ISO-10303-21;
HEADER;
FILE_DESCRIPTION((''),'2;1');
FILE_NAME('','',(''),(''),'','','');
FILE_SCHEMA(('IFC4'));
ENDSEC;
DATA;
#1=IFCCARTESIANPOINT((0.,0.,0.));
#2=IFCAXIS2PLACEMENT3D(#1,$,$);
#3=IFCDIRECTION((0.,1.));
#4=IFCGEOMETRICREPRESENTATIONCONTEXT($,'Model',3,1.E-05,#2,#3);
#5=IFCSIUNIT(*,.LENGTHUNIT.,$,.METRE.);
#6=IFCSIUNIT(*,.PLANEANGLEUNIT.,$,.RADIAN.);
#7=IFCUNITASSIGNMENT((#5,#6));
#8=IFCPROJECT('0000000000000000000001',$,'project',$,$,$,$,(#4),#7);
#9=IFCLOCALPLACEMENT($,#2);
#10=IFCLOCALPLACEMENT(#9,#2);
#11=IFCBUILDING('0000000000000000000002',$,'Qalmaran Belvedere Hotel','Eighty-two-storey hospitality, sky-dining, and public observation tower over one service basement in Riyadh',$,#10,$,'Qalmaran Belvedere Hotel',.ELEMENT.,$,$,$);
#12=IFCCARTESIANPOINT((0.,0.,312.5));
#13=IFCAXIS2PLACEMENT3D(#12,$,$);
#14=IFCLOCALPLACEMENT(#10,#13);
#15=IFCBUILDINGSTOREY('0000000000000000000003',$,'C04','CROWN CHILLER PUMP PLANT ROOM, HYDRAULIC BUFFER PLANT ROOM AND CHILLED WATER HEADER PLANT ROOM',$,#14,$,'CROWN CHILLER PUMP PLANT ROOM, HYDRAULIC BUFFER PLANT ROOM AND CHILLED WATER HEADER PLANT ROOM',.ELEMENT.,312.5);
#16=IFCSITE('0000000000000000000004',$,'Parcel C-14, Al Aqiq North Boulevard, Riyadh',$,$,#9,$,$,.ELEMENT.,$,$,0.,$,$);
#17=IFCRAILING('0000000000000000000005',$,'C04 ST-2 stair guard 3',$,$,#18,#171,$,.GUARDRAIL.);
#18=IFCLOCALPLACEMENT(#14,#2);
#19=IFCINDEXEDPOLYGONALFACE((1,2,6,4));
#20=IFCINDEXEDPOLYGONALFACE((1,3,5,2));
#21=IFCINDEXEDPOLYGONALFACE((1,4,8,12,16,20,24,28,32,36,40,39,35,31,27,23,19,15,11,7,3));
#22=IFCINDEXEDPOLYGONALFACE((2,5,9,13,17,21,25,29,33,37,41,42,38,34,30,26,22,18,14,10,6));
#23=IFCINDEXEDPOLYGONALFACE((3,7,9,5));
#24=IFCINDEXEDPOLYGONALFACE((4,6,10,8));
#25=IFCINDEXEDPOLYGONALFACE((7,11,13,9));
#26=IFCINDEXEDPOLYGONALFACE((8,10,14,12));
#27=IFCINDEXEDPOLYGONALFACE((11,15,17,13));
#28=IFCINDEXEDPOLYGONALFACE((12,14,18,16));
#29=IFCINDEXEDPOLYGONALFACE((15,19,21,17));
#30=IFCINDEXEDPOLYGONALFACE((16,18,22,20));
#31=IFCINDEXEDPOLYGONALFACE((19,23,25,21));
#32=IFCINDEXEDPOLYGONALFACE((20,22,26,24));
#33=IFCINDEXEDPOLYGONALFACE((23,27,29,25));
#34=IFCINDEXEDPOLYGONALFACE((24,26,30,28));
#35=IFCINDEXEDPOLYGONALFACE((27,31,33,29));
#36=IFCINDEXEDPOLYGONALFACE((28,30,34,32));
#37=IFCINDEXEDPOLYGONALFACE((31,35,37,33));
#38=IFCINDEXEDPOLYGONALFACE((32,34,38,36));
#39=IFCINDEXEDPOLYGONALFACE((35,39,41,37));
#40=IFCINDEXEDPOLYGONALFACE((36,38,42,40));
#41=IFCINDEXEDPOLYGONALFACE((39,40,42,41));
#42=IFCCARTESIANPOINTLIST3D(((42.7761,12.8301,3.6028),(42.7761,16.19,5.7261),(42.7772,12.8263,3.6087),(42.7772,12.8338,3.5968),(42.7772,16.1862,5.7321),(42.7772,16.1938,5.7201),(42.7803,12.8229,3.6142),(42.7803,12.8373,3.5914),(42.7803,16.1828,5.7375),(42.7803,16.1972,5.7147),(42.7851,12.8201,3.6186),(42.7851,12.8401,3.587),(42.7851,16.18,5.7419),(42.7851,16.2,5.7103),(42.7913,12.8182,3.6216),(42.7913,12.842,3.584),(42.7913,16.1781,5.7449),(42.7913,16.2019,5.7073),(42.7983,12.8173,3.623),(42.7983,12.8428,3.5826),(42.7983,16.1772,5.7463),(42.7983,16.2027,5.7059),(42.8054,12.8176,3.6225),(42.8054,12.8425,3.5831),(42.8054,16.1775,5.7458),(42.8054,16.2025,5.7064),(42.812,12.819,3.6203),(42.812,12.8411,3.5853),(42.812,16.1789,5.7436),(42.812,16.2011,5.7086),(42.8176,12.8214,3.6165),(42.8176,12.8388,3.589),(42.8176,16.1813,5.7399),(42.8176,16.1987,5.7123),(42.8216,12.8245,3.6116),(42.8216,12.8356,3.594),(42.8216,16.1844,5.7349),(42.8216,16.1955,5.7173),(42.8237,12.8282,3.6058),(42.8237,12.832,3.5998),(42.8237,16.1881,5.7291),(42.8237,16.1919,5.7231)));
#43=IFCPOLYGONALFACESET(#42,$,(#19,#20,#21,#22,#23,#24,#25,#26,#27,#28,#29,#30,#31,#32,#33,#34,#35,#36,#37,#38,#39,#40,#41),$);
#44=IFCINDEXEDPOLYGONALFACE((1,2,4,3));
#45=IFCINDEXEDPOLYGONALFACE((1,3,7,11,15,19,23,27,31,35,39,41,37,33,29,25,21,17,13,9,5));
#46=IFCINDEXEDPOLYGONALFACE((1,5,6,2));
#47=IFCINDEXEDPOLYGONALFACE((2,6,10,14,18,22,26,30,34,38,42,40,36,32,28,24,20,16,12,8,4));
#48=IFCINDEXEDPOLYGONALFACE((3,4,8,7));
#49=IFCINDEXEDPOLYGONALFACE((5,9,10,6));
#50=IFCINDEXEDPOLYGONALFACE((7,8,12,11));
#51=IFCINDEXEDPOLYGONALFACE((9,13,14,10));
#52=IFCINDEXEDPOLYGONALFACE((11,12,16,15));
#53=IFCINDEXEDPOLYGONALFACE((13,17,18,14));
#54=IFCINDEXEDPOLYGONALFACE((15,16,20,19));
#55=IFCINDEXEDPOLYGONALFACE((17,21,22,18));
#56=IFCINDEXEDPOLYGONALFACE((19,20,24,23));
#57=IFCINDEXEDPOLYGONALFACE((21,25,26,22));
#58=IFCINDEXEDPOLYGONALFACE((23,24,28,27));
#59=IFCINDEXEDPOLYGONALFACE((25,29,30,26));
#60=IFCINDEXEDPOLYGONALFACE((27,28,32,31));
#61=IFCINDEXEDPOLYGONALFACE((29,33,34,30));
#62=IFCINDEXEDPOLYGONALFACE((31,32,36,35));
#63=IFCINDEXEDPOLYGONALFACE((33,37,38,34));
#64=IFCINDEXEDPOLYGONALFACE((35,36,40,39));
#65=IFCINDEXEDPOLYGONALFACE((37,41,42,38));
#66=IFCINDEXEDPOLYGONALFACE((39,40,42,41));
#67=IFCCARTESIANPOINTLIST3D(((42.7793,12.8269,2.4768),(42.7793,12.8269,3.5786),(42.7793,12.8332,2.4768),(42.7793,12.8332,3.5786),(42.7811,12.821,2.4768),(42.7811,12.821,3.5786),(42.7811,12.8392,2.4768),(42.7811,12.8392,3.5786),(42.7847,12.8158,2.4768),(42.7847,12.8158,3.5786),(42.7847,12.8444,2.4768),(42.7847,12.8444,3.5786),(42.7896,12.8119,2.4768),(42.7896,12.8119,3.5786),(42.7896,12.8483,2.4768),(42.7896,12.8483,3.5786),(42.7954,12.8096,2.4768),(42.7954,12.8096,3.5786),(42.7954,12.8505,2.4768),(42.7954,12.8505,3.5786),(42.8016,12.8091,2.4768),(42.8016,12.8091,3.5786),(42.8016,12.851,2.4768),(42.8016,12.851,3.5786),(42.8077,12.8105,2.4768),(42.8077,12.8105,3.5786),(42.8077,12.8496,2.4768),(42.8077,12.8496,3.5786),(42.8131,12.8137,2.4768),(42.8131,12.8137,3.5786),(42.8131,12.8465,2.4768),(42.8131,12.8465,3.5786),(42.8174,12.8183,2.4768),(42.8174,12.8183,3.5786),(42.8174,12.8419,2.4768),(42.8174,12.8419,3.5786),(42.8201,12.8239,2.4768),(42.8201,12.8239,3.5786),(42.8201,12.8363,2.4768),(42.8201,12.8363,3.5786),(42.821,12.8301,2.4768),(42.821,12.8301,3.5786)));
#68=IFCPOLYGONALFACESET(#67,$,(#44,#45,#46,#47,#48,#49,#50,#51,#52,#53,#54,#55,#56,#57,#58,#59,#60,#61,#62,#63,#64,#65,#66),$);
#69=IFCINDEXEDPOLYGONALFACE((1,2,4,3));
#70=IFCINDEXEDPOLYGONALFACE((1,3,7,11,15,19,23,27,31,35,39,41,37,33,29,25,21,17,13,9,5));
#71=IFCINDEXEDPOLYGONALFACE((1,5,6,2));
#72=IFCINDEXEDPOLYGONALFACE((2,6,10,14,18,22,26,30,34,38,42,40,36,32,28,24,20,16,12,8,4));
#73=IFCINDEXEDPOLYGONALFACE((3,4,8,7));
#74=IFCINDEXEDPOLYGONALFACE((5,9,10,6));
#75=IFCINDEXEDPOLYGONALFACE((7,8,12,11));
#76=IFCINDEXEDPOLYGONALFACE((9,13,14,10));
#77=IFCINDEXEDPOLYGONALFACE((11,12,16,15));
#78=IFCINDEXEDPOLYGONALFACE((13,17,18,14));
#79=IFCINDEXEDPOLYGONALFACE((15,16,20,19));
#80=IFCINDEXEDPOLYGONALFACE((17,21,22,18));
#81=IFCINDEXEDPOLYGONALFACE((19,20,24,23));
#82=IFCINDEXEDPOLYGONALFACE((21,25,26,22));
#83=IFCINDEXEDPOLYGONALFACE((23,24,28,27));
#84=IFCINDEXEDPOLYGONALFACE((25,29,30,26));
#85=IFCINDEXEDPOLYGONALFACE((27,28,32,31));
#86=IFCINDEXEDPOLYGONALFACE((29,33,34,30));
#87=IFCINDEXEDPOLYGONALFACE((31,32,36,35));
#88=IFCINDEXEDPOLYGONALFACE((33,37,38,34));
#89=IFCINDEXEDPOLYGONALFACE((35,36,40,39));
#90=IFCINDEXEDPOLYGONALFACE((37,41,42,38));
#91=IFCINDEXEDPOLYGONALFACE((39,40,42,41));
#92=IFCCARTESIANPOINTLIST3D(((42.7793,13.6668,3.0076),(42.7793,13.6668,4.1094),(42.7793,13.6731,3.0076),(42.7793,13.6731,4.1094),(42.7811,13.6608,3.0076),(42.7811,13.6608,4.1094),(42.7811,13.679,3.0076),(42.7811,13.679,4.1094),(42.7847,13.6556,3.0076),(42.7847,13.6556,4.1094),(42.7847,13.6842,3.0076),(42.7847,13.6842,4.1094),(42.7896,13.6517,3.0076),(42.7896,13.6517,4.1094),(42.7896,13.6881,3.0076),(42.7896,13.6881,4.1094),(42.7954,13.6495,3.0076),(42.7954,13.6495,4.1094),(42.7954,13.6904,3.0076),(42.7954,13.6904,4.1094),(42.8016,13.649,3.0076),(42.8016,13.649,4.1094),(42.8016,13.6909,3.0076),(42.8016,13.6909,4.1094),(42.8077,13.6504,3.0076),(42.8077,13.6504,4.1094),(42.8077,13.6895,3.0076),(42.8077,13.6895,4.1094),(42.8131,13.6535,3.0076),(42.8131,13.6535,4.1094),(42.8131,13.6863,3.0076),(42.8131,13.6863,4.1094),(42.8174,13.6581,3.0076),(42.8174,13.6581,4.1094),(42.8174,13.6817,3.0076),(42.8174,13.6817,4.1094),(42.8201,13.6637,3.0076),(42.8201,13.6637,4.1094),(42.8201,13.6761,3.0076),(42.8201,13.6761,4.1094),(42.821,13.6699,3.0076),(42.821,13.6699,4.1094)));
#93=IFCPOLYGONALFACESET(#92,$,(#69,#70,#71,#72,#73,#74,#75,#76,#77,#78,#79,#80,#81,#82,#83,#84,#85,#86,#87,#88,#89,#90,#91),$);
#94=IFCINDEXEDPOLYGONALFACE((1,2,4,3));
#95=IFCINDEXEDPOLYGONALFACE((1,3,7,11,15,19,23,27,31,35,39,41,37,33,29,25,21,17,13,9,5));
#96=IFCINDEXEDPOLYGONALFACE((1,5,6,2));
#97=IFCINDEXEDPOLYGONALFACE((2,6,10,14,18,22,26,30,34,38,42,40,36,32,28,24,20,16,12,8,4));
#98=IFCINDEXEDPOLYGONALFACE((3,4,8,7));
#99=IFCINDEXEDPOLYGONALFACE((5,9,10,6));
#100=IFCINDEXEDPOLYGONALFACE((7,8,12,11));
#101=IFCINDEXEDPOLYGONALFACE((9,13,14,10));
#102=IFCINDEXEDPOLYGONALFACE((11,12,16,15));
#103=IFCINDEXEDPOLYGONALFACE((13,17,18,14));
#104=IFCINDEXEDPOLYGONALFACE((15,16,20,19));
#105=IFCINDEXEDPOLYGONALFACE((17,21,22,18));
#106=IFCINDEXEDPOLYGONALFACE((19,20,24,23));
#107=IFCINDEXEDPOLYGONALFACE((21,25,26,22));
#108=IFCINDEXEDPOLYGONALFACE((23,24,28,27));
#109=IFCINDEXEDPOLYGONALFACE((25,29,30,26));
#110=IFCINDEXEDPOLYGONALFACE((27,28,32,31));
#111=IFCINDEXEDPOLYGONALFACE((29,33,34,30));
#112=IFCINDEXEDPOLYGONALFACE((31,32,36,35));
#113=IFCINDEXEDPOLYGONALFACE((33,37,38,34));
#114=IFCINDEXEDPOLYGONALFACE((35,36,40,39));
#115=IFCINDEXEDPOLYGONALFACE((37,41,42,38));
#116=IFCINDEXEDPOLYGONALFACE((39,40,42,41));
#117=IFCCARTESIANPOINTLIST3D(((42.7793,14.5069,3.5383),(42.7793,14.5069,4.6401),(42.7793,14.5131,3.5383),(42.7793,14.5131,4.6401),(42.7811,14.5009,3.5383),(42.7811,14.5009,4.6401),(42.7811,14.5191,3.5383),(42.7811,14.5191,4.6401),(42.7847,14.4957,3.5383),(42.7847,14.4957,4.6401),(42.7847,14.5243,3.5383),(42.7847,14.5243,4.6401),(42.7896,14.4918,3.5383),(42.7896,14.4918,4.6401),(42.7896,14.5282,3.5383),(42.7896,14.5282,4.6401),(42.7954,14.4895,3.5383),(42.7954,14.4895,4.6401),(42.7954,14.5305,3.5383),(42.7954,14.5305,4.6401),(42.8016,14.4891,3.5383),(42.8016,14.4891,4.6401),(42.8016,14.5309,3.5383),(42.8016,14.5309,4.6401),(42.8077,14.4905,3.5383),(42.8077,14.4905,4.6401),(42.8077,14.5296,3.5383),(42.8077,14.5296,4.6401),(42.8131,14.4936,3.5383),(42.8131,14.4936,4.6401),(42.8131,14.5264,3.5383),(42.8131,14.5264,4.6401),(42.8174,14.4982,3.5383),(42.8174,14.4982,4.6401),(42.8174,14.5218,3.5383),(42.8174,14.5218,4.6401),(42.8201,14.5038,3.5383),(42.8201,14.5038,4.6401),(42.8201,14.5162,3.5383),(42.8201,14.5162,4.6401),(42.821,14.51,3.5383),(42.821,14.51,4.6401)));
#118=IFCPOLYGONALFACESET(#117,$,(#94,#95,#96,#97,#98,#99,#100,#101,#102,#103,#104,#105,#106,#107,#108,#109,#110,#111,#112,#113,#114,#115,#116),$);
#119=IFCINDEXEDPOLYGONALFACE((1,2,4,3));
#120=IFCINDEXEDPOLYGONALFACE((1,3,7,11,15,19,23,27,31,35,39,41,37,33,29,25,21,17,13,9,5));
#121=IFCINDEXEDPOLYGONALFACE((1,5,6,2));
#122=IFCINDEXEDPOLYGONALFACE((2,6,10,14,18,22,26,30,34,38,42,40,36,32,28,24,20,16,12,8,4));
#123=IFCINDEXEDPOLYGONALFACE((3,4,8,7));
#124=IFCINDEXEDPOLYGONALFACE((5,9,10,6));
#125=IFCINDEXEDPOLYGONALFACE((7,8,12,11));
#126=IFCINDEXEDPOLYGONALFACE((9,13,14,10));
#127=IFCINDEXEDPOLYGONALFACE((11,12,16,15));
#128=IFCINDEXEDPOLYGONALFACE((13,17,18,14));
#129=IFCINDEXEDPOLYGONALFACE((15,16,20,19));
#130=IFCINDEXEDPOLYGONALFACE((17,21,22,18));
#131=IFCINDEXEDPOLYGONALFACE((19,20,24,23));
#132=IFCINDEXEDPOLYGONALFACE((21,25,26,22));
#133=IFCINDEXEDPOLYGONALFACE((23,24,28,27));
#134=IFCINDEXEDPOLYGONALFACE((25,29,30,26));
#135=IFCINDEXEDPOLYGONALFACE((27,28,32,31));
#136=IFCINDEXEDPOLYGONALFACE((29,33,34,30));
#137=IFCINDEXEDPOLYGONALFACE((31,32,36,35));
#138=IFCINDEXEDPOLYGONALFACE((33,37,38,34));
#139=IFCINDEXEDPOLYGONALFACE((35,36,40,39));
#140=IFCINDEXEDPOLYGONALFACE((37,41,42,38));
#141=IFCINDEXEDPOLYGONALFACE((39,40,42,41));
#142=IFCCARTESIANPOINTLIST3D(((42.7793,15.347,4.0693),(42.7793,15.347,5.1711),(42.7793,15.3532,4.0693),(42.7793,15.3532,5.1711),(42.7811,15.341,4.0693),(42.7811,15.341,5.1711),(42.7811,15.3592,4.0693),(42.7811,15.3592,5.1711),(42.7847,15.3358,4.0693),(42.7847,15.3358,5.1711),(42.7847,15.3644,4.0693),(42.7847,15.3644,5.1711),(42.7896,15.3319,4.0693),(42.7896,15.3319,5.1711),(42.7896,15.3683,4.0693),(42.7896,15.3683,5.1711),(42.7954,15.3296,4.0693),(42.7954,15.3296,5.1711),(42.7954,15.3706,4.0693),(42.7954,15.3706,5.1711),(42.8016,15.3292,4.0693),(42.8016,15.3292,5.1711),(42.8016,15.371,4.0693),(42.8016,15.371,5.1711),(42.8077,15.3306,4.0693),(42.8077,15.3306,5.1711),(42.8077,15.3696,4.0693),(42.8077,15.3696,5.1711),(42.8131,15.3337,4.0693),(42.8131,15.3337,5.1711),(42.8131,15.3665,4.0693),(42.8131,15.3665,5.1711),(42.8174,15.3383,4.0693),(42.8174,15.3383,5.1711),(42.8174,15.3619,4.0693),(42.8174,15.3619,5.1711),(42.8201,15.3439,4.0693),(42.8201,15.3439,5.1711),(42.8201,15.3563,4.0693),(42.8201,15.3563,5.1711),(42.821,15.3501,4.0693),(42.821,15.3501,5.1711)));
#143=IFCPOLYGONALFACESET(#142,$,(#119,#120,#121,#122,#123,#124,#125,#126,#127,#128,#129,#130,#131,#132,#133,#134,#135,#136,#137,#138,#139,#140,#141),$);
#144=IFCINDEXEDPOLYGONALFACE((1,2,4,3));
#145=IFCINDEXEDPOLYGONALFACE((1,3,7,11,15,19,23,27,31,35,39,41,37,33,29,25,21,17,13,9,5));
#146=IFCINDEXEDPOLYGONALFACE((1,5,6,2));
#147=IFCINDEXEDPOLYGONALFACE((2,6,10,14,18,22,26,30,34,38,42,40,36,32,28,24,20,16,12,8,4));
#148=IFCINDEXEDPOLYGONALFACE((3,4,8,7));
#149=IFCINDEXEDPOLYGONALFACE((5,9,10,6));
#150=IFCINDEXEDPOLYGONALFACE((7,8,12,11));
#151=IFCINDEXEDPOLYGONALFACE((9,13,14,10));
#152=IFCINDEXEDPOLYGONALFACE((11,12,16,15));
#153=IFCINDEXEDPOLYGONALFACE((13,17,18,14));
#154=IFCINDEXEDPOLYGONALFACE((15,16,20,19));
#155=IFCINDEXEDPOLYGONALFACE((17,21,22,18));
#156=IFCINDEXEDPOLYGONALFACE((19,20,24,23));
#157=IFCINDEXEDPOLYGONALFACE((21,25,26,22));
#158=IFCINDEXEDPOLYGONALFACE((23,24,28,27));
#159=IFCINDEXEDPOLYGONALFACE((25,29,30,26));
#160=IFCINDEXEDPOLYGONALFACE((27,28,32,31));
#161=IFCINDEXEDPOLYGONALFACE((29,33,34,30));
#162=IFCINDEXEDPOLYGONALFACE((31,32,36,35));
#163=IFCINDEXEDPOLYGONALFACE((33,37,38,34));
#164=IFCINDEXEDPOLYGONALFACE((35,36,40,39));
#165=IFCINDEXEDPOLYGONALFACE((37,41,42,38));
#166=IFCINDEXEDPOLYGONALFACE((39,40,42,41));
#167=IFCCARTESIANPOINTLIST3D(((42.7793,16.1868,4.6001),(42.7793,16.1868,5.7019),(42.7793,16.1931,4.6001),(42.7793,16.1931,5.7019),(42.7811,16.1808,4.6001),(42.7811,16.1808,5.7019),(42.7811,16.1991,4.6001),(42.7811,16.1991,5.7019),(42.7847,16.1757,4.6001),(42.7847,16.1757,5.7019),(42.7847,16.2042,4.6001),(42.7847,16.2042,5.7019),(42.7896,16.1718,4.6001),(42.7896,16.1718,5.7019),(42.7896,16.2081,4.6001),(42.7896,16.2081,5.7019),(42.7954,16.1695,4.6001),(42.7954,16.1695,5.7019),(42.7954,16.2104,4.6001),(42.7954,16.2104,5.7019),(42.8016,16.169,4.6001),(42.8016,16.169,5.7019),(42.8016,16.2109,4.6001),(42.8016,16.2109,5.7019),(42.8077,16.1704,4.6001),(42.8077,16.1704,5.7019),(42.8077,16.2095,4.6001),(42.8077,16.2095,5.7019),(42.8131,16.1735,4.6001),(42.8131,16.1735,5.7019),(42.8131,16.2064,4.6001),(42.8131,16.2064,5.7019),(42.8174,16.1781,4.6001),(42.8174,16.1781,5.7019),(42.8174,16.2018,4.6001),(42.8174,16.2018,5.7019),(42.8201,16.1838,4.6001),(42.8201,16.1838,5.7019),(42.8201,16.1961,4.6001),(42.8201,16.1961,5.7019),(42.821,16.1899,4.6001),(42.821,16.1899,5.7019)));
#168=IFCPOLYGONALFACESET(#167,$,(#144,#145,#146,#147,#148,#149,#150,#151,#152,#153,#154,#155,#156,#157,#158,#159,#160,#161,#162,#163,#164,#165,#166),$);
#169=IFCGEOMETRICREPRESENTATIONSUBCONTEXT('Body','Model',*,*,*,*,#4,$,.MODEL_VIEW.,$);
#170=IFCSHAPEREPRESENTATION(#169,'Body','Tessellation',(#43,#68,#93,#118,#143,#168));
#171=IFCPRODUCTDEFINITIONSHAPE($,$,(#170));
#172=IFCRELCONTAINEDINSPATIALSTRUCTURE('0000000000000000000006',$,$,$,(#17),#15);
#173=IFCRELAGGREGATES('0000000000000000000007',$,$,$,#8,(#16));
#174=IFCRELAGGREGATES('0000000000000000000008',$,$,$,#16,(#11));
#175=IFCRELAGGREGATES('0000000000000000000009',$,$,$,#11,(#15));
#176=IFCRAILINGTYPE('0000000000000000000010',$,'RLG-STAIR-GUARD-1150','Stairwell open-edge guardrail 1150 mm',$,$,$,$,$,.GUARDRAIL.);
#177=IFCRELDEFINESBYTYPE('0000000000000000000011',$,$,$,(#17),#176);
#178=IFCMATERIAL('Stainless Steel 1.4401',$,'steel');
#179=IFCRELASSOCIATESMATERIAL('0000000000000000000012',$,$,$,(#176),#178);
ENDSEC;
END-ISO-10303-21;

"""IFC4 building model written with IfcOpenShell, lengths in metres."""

from ifc_helpers import new_model, si_unit, direction, frame, origin, origin_2d, place, context, subcontext, project, spatial, circle, extrude, material, type_object, element, save


model = new_model("IFC4")

# Units and contexts
model_context = context("Model", 3, precision=1e-05, world=origin(), true_north=direction((0.0, 1.0)))
body_context = subcontext(model_context, "Body", "Model", "MODEL_VIEW")
ifc_project = project(units=[si_unit("LENGTHUNIT", "METRE"), si_unit("PLANEANGLEUNIT", "RADIAN")], contexts=[model_context])

# Site, building, storey
site_placement = place(None, origin())
site = spatial("IfcSite", under=ifc_project, at=site_placement, Name="Parcel C-14, Al Aqiq North Boulevard, Riyadh", CompositionType="ELEMENT", RefElevation=0.0)
building_placement = place(site_placement, origin())
building = spatial("IfcBuilding", under=site, at=building_placement, Name="Qalmaran Belvedere Hotel", Description="Eighty-two-storey hospitality, sky-dining, and public observation tower over one service basement in Riyadh", LongName="Qalmaran Belvedere Hotel", CompositionType="ELEMENT")
storey_placement = place(building_placement, frame((0.0, 0.0, 312.5)))
storey = spatial("IfcBuildingStorey", under=building, at=storey_placement, Name="C04", Description="CROWN CHILLER PUMP PLANT ROOM, HYDRAULIC BUFFER PLANT ROOM AND CHILLED WATER HEADER PLANT ROOM", LongName="CROWN CHILLER PUMP PLANT ROOM, HYDRAULIC BUFFER PLANT ROOM AND CHILLED WATER HEADER PLANT ROOM", CompositionType="ELEMENT", Elevation=312.5)

# Railing
ifc_material_1 = material(Name="Stainless Steel 1.4401", Category="steel")
railing_type_1 = type_object("IfcRailingType", Name="RLG-STAIR-GUARD-1150", Description="Stairwell open-edge guardrail 1150 mm", PredefinedType="GUARDRAIL", material=ifc_material_1)
railing_1_placement = place(storey_placement, frame((42.8, 12.8301, 2.4768)))
element("IfcRailing", 1, at=railing_1_placement, inside=storey, type_object=railing_type_1, Name="C04 ST-2 stair guard 3", PredefinedType="GUARDRAIL", context=body_context, shape_type="SweptSolid", body=[
    extrude(circle(Radius=0.0239, at=origin_2d()), frame((0.0, 0.0, 1.126), z_axis=(0.0, 0.845344, 0.534222), x_axis=(-1.0, 0.0, 0.0)), (0.0, 0.0, 1.0), 3.9746),
    extrude(circle(Radius=0.021, at=origin_2d()), origin(), (0.0, 0.0, 1.0), 1.1018),
    extrude(circle(Radius=0.021, at=origin_2d()), frame((0.0, 0.8398, 0.5308)), (0.0, 0.0, 1.0), 1.1018),
    extrude(circle(Radius=0.021, at=origin_2d()), frame((0.0, 1.6799, 1.0615)), (0.0, 0.0, 1.0), 1.1018),
    extrude(circle(Radius=0.021, at=origin_2d()), frame((0.0, 2.52, 1.5925)), (0.0, 0.0, 1.0), 1.1018),
    extrude(circle(Radius=0.021, at=origin_2d()), frame((0.0, 3.3599, 2.1233)), (0.0, 0.0, 1.0), 1.1018),
])

save(model, "model.ifc")
